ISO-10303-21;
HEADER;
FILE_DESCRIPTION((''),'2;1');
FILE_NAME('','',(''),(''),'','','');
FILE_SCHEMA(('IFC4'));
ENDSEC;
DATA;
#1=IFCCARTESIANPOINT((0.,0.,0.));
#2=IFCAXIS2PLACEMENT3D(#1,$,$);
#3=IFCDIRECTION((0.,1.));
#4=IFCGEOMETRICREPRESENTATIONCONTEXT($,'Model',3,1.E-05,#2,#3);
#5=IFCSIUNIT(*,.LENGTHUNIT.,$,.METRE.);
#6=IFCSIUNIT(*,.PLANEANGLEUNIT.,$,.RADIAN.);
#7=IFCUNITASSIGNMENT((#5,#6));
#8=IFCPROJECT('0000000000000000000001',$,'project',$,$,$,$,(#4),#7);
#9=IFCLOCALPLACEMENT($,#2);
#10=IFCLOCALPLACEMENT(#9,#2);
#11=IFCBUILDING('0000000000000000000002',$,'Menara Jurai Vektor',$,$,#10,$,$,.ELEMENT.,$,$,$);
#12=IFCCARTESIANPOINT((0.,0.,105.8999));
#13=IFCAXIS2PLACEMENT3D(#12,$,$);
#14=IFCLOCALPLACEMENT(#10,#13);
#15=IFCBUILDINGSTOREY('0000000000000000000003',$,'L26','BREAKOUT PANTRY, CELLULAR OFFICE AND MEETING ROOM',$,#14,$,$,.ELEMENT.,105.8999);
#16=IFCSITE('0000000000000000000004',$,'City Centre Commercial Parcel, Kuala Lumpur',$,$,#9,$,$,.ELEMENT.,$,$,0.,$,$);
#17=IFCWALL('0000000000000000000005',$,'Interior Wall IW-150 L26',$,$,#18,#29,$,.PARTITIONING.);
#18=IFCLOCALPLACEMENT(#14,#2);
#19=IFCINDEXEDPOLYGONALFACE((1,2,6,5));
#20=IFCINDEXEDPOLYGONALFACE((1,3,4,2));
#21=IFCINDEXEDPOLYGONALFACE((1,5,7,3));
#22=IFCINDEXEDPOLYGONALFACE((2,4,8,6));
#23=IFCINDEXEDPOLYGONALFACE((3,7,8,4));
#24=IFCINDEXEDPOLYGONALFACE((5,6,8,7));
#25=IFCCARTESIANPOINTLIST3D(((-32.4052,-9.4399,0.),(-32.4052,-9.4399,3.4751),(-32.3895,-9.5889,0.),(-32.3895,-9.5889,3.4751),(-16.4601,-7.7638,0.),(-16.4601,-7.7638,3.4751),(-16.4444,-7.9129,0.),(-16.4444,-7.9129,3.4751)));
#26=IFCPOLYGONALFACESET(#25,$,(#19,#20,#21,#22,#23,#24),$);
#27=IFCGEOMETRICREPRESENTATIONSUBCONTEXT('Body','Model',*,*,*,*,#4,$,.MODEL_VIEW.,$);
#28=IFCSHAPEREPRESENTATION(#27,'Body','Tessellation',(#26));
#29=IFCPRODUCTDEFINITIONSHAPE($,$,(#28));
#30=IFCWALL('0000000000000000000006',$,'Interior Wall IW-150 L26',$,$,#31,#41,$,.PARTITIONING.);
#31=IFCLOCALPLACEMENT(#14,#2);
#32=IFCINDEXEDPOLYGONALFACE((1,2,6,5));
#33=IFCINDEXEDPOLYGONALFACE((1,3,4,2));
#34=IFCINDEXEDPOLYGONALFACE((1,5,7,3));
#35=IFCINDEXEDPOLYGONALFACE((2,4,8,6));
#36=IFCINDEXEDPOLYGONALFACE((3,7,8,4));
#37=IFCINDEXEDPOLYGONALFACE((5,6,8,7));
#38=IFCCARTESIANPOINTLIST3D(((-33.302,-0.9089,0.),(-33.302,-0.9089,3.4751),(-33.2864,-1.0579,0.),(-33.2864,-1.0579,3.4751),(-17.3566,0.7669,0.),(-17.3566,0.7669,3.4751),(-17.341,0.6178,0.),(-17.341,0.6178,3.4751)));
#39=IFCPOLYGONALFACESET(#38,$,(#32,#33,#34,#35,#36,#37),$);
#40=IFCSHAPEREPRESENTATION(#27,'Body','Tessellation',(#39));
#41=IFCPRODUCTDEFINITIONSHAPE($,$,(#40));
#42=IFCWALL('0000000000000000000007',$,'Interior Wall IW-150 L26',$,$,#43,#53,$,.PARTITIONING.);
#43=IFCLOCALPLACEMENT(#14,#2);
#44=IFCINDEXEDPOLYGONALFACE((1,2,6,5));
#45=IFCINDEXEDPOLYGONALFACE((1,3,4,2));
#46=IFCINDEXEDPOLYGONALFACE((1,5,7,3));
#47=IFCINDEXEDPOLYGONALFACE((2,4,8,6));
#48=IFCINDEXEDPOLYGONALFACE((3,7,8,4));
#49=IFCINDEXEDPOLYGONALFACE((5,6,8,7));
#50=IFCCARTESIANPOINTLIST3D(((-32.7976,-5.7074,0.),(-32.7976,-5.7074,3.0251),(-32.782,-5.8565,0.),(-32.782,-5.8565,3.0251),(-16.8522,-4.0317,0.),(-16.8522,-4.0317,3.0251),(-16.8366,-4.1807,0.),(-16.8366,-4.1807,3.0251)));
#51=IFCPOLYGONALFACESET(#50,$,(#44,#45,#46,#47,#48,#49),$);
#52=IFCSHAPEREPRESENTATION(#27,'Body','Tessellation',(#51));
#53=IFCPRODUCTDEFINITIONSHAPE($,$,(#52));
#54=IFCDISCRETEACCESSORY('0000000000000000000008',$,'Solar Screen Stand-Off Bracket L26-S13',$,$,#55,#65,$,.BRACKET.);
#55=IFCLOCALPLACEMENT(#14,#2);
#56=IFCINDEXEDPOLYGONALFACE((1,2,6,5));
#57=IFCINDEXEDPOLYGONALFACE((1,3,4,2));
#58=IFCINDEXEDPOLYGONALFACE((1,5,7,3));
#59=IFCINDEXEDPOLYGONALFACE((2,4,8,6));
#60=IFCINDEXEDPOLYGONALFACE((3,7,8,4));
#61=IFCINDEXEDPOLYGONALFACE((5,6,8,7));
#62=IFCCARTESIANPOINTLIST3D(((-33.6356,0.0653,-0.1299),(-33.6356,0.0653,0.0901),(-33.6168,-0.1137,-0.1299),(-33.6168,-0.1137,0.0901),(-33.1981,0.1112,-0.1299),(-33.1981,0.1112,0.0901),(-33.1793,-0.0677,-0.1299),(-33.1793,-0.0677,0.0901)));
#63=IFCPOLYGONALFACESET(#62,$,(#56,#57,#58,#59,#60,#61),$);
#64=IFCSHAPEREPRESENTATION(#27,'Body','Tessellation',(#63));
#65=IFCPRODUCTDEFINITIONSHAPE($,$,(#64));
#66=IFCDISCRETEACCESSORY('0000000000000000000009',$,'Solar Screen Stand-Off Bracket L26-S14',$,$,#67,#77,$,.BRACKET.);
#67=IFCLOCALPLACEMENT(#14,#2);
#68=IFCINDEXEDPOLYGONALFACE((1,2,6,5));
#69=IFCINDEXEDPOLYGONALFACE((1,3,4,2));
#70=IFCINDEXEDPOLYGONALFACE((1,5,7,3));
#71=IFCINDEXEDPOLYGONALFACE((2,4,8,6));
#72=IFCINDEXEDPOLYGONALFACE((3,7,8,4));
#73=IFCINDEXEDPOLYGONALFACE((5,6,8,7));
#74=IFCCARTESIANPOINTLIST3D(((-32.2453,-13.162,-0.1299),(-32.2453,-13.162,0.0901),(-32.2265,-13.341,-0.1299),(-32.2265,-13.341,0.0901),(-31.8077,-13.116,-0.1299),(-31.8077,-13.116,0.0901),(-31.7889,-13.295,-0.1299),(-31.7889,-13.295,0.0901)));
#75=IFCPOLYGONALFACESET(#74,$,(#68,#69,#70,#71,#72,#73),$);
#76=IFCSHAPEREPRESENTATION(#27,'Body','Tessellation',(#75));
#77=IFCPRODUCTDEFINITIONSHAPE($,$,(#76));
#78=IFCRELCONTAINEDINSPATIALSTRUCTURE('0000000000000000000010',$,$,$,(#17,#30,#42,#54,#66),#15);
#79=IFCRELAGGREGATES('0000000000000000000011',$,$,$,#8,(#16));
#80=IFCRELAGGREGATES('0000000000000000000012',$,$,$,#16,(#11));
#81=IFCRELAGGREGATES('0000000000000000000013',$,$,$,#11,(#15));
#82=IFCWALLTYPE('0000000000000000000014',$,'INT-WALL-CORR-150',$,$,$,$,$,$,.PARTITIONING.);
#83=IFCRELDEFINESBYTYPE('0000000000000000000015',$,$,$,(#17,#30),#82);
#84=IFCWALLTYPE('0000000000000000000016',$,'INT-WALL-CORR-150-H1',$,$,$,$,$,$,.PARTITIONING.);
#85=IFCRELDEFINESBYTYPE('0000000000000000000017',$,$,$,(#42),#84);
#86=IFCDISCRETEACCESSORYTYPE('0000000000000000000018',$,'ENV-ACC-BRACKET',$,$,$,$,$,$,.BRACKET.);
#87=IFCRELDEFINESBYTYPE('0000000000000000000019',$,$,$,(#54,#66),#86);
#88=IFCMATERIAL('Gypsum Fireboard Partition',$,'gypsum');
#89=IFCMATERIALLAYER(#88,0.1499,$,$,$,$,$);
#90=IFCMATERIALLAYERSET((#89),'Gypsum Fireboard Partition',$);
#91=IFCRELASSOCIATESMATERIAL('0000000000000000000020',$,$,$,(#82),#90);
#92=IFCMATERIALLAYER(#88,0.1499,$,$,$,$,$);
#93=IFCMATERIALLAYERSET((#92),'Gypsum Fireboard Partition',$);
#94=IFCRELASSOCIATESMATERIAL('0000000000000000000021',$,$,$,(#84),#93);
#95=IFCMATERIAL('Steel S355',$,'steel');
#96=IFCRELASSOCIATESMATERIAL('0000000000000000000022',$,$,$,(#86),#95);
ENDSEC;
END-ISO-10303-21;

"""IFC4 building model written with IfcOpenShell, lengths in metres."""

from ifc_helpers import new_model, si_unit, direction, frame, frame_2d, origin, origin_2d, place, context, subcontext, project, spatial, rectangle, extrude, material, layer, layer_set, type_object, element, save


model = new_model("IFC4")

# Units and contexts
model_context = context("Model", 3, precision=1e-05, world=origin(), true_north=direction((0.0, 1.0)))
body_context = subcontext(model_context, "Body", "Model", "MODEL_VIEW")
ifc_project = project(units=[si_unit("LENGTHUNIT", "METRE"), si_unit("PLANEANGLEUNIT", "RADIAN")], contexts=[model_context])

# Site, building, storey
site_placement = place(None, origin())
site = spatial("IfcSite", under=ifc_project, at=site_placement, Name="City Centre Commercial Parcel, Kuala Lumpur", CompositionType="ELEMENT", RefElevation=0.0)
building_placement = place(site_placement, origin())
building = spatial("IfcBuilding", under=site, at=building_placement, Name="Menara Jurai Vektor", CompositionType="ELEMENT")
storey_placement = place(building_placement, frame((0.0, 0.0, 105.8999)))
storey = spatial("IfcBuildingStorey", under=building, at=storey_placement, Name="L26", Description="BREAKOUT PANTRY, CELLULAR OFFICE AND MEETING ROOM", CompositionType="ELEMENT", Elevation=105.8999)

# Shared definitions
ifc_material_1 = material(Name="Steel S355", Category="steel")

# Shared definitions
ifc_material_2 = material(Name="Gypsum Fireboard Partition", Category="gypsum")
ifc_layer_1 = layer(ifc_material_2, 0.1499)
ifc_layer_set_1 = layer_set([ifc_layer_1], Name="Gypsum Fireboard Partition")
wall_type_1 = type_object("IfcWallType", Name="INT-WALL-CORR-150", PredefinedType="PARTITIONING", material=ifc_layer_set_1)

# Walls
wall_1_placement = place(storey_placement, frame((-32.3975, -9.5144, 0.0), z_axis=(0.0, 0.0, 1.0), x_axis=(0.994521, 0.104537, 0.0)))
element("IfcWall", 1, at=wall_1_placement, inside=storey, type_object=wall_type_1, Name="Interior Wall IW-150 L26", PredefinedType="PARTITIONING", context=body_context, shape_type="SweptSolid", body=[
    extrude(rectangle(XDim=16.033, YDim=0.1499, at=frame_2d((8.0166, 0.0))), origin(), (0.0, 0.0, 1.0), 3.4751),
])
wall_2_placement = place(storey_placement, frame((-33.2942, -0.9834, 0.0), z_axis=(0.0, 0.0, 1.0), x_axis=(0.994523, 0.10452, 0.0)))
element("IfcWall", 2, at=wall_2_placement, inside=storey, type_object=wall_type_1, Name="Interior Wall IW-150 L26", PredefinedType="PARTITIONING", context=body_context, shape_type="SweptSolid", body=[
    extrude(rectangle(XDim=16.0332, YDim=0.1499, at=frame_2d((8.0166, 0.0))), origin(), (0.0, 0.0, 1.0), 3.4751),
])
ifc_layer_2 = layer(ifc_material_2, 0.1499)
ifc_layer_set_2 = layer_set([ifc_layer_2], Name="Gypsum Fireboard Partition")
wall_type_2 = type_object("IfcWallType", Name="INT-WALL-CORR-150-H1", PredefinedType="PARTITIONING", material=ifc_layer_set_2)
wall_3_placement = place(storey_placement, frame((-32.7898, -5.782, 0.0), z_axis=(0.0, 0.0, 1.0), x_axis=(0.994523, 0.10452, 0.0)))
element("IfcWall", 3, at=wall_3_placement, inside=storey, type_object=wall_type_2, Name="Interior Wall IW-150 L26", PredefinedType="PARTITIONING", context=body_context, shape_type="SweptSolid", body=[
    extrude(rectangle(XDim=16.0332, YDim=0.1499, at=frame_2d((8.0166, 0.0))), origin(), (0.0, 0.0, 1.0), 3.0251),
])

# Discrete accessories
discrete_accessory_type = type_object("IfcDiscreteAccessoryType", Name="ENV-ACC-BRACKET", PredefinedType="BRACKET", material=ifc_material_1)
for number, where, z_axis, x_axis, name in (
    (4, (-33.4075, -0.0012, -0.1299), (0.0, 0.0, 1.0), (0.104528, -0.994522, 0.0), "Solar Screen Stand-Off Bracket L26-S13"),
    (5, (-32.0171, -13.2285, -0.1299), (0.0, 0.0, 1.0), (0.104528, -0.994522, 0.0), "Solar Screen Stand-Off Bracket L26-S14"),
):
    element("IfcDiscreteAccessory", number, at=place(storey_placement, frame(where, z_axis=z_axis, x_axis=x_axis)), inside=storey, type_object=discrete_accessory_type, Name=name, PredefinedType="BRACKET", context=body_context, shape_type="SweptSolid", body=[
        extrude(rectangle(XDim=0.1799, YDim=0.4399, at=origin_2d()), origin(), (0.0, 0.0, 1.0), 0.22),
    ])

save(model, "model.ifc")
